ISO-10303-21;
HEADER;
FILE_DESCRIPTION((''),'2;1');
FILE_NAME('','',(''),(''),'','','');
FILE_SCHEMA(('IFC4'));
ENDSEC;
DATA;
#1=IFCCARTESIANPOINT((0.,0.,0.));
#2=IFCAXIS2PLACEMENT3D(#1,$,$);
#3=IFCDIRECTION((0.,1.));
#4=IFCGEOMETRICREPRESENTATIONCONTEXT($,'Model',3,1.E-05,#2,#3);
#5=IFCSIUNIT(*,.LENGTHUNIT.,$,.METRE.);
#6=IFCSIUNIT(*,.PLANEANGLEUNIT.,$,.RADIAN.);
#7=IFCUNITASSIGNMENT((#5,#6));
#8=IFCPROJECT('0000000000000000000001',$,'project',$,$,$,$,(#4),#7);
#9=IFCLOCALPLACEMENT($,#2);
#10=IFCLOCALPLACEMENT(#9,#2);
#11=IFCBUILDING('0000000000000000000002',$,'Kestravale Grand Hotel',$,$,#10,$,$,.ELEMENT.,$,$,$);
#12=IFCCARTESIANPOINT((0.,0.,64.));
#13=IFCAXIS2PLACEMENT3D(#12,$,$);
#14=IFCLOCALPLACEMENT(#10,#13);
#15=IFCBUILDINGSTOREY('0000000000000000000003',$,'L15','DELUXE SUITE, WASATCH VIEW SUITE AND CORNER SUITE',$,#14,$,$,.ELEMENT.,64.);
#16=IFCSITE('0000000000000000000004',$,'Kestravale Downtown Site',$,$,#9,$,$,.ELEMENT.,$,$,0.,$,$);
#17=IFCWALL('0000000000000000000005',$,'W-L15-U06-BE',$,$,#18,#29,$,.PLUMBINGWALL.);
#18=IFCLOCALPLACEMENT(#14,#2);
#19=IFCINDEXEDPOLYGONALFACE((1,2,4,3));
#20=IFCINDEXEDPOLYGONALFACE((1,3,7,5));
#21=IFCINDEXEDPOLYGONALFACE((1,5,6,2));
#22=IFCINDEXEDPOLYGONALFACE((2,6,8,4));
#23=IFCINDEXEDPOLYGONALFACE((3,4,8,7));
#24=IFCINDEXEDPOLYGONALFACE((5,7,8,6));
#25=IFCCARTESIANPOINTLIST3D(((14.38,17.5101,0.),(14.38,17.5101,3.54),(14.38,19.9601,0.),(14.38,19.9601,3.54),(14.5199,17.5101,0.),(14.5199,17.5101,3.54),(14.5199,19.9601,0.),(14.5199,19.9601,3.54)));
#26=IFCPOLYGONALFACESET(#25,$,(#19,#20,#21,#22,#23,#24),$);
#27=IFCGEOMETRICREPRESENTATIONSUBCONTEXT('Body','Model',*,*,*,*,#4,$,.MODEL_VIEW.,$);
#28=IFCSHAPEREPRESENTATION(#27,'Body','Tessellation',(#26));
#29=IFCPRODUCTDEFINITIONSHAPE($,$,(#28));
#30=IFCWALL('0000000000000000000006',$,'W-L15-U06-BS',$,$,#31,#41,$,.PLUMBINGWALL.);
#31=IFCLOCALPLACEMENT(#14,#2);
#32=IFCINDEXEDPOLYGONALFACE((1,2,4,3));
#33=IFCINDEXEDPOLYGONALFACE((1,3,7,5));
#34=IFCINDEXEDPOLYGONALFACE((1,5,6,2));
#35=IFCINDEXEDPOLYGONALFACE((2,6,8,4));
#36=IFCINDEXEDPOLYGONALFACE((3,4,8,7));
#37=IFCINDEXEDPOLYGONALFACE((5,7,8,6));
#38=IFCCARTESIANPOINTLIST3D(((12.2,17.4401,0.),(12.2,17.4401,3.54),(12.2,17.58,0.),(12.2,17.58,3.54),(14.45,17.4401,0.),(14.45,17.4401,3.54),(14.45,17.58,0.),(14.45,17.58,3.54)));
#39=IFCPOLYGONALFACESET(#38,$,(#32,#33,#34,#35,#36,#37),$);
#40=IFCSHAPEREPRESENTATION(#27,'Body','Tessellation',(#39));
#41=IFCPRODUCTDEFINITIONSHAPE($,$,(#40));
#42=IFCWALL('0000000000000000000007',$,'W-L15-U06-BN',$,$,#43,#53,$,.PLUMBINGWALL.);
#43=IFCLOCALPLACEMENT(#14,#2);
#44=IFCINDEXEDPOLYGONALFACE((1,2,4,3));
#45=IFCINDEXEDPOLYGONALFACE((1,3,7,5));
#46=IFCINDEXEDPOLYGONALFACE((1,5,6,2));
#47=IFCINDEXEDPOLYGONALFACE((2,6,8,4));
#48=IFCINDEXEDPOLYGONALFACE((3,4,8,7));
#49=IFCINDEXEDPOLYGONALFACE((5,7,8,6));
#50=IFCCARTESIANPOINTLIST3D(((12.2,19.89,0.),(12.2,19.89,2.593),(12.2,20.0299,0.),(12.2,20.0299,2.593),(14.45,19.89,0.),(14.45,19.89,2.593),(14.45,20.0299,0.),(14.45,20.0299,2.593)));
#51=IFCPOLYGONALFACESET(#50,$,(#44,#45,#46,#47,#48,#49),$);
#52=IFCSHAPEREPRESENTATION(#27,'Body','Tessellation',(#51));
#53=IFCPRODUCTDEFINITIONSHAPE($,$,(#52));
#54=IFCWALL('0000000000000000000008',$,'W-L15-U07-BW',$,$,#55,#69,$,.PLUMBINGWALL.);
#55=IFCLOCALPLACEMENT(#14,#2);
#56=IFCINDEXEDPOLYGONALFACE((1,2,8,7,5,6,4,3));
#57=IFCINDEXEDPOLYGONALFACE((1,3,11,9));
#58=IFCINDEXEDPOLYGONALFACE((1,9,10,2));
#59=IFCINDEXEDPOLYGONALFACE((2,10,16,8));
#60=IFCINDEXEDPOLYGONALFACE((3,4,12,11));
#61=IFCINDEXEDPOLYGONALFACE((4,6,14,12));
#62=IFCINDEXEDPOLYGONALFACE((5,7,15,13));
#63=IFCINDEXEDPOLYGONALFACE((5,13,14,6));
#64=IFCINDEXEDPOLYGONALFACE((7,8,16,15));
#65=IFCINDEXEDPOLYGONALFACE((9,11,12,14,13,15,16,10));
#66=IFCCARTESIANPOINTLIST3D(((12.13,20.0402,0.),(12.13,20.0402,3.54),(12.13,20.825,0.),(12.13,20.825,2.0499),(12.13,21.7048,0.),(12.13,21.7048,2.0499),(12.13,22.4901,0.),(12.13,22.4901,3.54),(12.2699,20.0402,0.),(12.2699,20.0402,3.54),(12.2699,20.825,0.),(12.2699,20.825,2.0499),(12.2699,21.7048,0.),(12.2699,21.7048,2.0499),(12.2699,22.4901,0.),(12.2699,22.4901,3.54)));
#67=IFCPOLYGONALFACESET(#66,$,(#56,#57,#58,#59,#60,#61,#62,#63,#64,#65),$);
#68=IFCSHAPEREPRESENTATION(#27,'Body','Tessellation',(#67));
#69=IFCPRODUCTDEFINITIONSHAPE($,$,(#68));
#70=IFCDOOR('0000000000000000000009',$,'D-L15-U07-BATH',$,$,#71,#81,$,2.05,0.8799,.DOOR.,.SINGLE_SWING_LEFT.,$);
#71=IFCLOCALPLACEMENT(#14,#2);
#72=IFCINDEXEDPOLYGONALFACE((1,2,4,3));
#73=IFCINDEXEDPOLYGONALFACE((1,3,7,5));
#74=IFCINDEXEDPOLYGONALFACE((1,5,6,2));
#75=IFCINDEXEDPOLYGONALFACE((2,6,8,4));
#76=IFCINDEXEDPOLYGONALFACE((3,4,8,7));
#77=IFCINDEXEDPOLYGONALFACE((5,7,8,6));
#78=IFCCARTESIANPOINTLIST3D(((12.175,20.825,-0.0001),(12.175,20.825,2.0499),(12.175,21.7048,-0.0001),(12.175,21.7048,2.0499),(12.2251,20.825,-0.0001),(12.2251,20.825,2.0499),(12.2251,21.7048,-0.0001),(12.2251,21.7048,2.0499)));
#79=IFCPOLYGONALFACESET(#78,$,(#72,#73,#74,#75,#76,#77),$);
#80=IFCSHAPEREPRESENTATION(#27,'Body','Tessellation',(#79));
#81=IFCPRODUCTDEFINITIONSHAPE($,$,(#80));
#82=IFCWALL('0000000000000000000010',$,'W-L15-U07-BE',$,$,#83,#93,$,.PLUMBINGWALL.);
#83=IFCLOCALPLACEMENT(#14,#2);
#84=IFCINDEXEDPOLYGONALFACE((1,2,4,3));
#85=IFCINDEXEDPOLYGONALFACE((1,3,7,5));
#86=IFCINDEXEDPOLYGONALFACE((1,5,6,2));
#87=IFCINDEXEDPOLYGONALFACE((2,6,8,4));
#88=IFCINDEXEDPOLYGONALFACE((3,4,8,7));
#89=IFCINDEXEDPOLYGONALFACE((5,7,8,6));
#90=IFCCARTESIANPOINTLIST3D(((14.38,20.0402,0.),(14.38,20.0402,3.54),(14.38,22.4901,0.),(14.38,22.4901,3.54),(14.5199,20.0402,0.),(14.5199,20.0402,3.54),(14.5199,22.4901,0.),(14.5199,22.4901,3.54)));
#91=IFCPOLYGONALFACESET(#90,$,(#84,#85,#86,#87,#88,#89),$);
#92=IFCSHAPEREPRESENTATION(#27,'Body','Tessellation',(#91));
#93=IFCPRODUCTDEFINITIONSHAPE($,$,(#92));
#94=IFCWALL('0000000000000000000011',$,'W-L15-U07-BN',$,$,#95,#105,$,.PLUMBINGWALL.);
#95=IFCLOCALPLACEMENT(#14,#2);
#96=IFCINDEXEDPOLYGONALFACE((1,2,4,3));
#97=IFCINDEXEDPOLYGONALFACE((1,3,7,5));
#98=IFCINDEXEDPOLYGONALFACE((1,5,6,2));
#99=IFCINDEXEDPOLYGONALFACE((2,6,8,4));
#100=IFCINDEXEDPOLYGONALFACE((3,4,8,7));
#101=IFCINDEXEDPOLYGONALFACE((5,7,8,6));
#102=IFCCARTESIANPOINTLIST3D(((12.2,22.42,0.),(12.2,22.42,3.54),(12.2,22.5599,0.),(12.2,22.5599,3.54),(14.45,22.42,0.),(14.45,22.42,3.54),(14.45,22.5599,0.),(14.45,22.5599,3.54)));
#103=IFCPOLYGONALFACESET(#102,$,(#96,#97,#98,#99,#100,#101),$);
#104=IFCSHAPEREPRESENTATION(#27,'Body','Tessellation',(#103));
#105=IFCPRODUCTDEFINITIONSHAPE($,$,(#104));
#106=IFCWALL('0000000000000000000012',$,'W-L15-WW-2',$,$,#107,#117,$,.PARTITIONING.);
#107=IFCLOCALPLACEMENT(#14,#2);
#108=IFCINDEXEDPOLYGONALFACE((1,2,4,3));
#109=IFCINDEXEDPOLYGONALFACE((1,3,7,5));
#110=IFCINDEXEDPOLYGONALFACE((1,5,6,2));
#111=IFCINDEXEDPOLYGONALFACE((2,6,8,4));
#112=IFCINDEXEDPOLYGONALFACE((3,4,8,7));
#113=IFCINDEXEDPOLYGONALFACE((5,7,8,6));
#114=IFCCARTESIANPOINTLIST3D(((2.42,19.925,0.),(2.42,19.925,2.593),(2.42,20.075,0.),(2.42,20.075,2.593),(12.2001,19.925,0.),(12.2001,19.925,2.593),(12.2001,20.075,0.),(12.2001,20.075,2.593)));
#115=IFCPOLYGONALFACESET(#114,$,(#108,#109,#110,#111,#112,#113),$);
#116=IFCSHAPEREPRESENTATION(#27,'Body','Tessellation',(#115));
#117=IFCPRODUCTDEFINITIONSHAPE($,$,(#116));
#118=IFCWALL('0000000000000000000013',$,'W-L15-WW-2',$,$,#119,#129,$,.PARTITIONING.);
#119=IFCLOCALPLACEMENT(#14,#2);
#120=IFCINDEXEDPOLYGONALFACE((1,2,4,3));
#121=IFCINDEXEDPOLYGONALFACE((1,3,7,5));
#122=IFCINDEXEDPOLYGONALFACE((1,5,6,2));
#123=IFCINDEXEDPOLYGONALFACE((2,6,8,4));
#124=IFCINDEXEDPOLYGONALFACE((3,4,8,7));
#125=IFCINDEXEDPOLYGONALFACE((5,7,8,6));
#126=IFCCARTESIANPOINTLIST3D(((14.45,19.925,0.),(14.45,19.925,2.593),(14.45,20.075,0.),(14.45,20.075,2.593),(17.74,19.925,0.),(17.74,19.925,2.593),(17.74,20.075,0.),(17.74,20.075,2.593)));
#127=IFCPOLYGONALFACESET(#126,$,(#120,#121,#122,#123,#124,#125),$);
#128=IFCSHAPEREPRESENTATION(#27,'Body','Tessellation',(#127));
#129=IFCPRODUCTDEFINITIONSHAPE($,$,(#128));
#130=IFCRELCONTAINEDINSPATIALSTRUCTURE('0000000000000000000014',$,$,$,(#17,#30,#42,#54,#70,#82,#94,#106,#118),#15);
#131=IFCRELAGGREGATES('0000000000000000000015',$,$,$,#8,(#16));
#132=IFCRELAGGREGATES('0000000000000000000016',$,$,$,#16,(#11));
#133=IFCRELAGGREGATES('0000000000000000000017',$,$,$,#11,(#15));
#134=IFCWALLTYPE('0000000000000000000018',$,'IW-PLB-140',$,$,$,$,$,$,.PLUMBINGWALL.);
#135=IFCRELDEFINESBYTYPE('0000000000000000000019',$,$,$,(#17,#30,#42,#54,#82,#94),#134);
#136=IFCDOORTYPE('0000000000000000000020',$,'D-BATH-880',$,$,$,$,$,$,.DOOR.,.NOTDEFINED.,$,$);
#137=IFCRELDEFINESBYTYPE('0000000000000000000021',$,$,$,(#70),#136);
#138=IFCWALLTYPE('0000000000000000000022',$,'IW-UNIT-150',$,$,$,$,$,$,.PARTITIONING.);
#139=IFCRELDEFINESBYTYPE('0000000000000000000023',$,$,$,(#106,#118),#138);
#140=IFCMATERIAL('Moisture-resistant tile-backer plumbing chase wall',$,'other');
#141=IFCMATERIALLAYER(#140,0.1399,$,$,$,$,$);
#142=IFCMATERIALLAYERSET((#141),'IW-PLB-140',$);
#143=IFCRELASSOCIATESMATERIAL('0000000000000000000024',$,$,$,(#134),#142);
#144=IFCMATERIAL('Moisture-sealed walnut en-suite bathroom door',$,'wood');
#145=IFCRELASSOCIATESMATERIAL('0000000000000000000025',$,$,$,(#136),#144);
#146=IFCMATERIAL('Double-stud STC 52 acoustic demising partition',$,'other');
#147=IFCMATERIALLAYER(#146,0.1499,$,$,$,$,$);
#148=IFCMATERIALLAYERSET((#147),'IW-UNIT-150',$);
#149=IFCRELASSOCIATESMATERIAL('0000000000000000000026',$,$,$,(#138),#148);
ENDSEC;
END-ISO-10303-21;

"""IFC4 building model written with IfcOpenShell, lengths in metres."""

from ifc_helpers import new_model, si_unit, direction, frame, frame_2d, origin, place, context, subcontext, project, spatial, rectangle, extrude, material, layer, layer_set, type_object, element, fill, save


model = new_model("IFC4")

# Units and contexts
model_context = context("Model", 3, precision=1e-05, world=origin(), true_north=direction((0.0, 1.0)))
body_context = subcontext(model_context, "Body", "Model", "MODEL_VIEW")
ifc_project = project(units=[si_unit("LENGTHUNIT", "METRE"), si_unit("PLANEANGLEUNIT", "RADIAN")], contexts=[model_context])

# Site, building, storey
site_placement = place(None, origin())
site = spatial("IfcSite", under=ifc_project, at=site_placement, Name="Kestravale Downtown Site", CompositionType="ELEMENT", RefElevation=0.0)
building_placement = place(site_placement, origin())
building = spatial("IfcBuilding", under=site, at=building_placement, Name="Kestravale Grand Hotel", CompositionType="ELEMENT")
storey_placement = place(building_placement, frame((0.0, 0.0, 64.0)))
storey = spatial("IfcBuildingStorey", under=building, at=storey_placement, Name="L15", Description="DELUXE SUITE, WASATCH VIEW SUITE AND CORNER SUITE", CompositionType="ELEMENT", Elevation=64.0)

# Shared definitions
ifc_material_1 = material(Name="Moisture-resistant tile-backer plumbing chase wall", Category="other")
ifc_layer_1 = layer(ifc_material_1, 0.1399)
ifc_layer_set_1 = layer_set([ifc_layer_1], Name="IW-PLB-140")
wall_type_1 = type_object("IfcWallType", Name="IW-PLB-140", PredefinedType="PLUMBINGWALL", material=ifc_layer_set_1)
ifc_material_2 = material(Name="Moisture-sealed walnut en-suite bathroom door", Category="wood")
door_type_1 = type_object("IfcDoorType", Name="D-BATH-880", OperationType="NOTDEFINED", PredefinedType="DOOR", material=ifc_material_2)

# Walls
wall_1_placement = place(storey_placement, frame((14.45, 17.51, 0.0), z_axis=(0.0, 0.0, 1.0), x_axis=(0.0, 1.0, 0.0)))
element("IfcWall", 1, at=wall_1_placement, inside=storey, type_object=wall_type_1, Name="W-L15-U06-BE", PredefinedType="PLUMBINGWALL", context=body_context, shape_type="SweptSolid", body=[
    extrude(rectangle(XDim=2.45, YDim=0.1399, at=frame_2d((1.2251, 0.0))), origin(), (0.0, 0.0, 1.0), 3.54),
])
wall_2_placement = place(storey_placement, frame((12.2, 17.51, 0.0), z_axis=(0.0, 0.0, 1.0), x_axis=(1.0, 0.0, 0.0)))
element("IfcWall", 2, at=wall_2_placement, inside=storey, type_object=wall_type_1, Name="W-L15-U06-BS", PredefinedType="PLUMBINGWALL", context=body_context, shape_type="SweptSolid", body=[
    extrude(rectangle(XDim=2.25, YDim=0.1399, at=frame_2d((1.125, 0.0))), origin(), (0.0, 0.0, 1.0), 3.54),
])
wall_3_placement = place(storey_placement, frame((12.2, 19.96, 0.0), z_axis=(0.0, 0.0, 1.0), x_axis=(1.0, 0.0, 0.0)))
element("IfcWall", 3, at=wall_3_placement, inside=storey, type_object=wall_type_1, Name="W-L15-U06-BN", PredefinedType="PLUMBINGWALL", context=body_context, shape_type="SweptSolid", body=[
    extrude(rectangle(XDim=2.25, YDim=0.1399, at=frame_2d((1.125, 0.0))), origin(), (0.0, 0.0, 1.0), 2.593),
])

# Wall, opening, door
wall_4_placement = place(storey_placement, frame((12.2, 20.04, 0.0), z_axis=(0.0, 0.0, 1.0), x_axis=(0.0, 1.0, 0.0)))
wall_4 = element("IfcWall", 4, at=wall_4_placement, inside=storey, type_object=wall_type_1, Name="W-L15-U07-BW", PredefinedType="PLUMBINGWALL", context=body_context, shape_type="SweptSolid", body=[
    extrude(rectangle(XDim=2.45, YDim=0.1399, at=frame_2d((1.2251, 0.0))), origin(), (0.0, 0.0, 1.0), 3.54),
])
opening_1_placement = place(wall_4_placement, frame((0.7849, 0.0, 0.0)))
opening_1 = element("IfcOpeningElement", 5, at=opening_1_placement, cuts=wall_4, PredefinedType="OPENING", context=body_context, shape_type="SweptSolid", body=[
    extrude(rectangle(XDim=0.8799, YDim=2.05, at=frame_2d((0.4399, 1.0249))), frame((0.0, 0.0798, 0.0), z_axis=(0.0, -1.0, 0.0), x_axis=(1.0, 0.0, 0.0)), (0.0, 0.0, 1.0), 0.1599),
])
door_1_placement = place(opening_1_placement, origin())
door_1 = element("IfcDoor", 6, at=door_1_placement, inside=storey, type_object=door_type_1, Name="D-L15-U07-BATH", OperationType="SINGLE_SWING_LEFT", OverallHeight=2.05, OverallWidth=0.8799, PredefinedType="DOOR", context=body_context, shape_type="SweptSolid", body=[
    extrude(rectangle(XDim=0.8799, YDim=2.05, at=frame_2d((0.4399, 1.0249))), frame((0.0, 0.0249, 0.0), z_axis=(0.0, -1.0, 0.0), x_axis=(1.0, 0.0, 0.0)), (0.0, 0.0, 1.0), 0.05),
])
fill(opening_1, door_1)

# Walls
wall_5_placement = place(storey_placement, frame((14.45, 20.04, 0.0), z_axis=(0.0, 0.0, 1.0), x_axis=(0.0, 1.0, 0.0)))
element("IfcWall", 7, at=wall_5_placement, inside=storey, type_object=wall_type_1, Name="W-L15-U07-BE", PredefinedType="PLUMBINGWALL", context=body_context, shape_type="SweptSolid", body=[
    extrude(rectangle(XDim=2.45, YDim=0.1399, at=frame_2d((1.2251, 0.0))), origin(), (0.0, 0.0, 1.0), 3.54),
])
wall_6_placement = place(storey_placement, frame((12.2, 22.49, 0.0), z_axis=(0.0, 0.0, 1.0), x_axis=(1.0, 0.0, 0.0)))
element("IfcWall", 8, at=wall_6_placement, inside=storey, type_object=wall_type_1, Name="W-L15-U07-BN", PredefinedType="PLUMBINGWALL", context=body_context, shape_type="SweptSolid", body=[
    extrude(rectangle(XDim=2.25, YDim=0.1399, at=frame_2d((1.125, 0.0))), origin(), (0.0, 0.0, 1.0), 3.54),
])
ifc_material_3 = material(Name="Double-stud STC 52 acoustic demising partition", Category="other")
ifc_layer_2 = layer(ifc_material_3, 0.1499)
ifc_layer_set_2 = layer_set([ifc_layer_2], Name="IW-UNIT-150")
wall_type_2 = type_object("IfcWallType", Name="IW-UNIT-150", PredefinedType="PARTITIONING", material=ifc_layer_set_2)
wall_7_placement = place(storey_placement, frame((2.4199, 20.0, 0.0), z_axis=(0.0, 0.0, 1.0), x_axis=(1.0, 0.0, 0.0)))
element("IfcWall", 9, at=wall_7_placement, inside=storey, type_object=wall_type_2, Name="W-L15-WW-2", PredefinedType="PARTITIONING", context=body_context, shape_type="SweptSolid", body=[
    extrude(rectangle(XDim=9.78, YDim=0.1499, at=frame_2d((4.8901, 0.0))), origin(), (0.0, 0.0, 1.0), 2.593),
])
wall_8_placement = place(storey_placement, frame((14.45, 20.0, 0.0), z_axis=(0.0, 0.0, 1.0), x_axis=(1.0, 0.0, 0.0)))
element("IfcWall", 10, at=wall_8_placement, inside=storey, type_object=wall_type_2, Name="W-L15-WW-2", PredefinedType="PARTITIONING", context=body_context, shape_type="SweptSolid", body=[
    extrude(rectangle(XDim=3.29, YDim=0.1499, at=frame_2d((1.645, 0.0))), origin(), (0.0, 0.0, 1.0), 2.593),
])

save(model, "model.ifc")
